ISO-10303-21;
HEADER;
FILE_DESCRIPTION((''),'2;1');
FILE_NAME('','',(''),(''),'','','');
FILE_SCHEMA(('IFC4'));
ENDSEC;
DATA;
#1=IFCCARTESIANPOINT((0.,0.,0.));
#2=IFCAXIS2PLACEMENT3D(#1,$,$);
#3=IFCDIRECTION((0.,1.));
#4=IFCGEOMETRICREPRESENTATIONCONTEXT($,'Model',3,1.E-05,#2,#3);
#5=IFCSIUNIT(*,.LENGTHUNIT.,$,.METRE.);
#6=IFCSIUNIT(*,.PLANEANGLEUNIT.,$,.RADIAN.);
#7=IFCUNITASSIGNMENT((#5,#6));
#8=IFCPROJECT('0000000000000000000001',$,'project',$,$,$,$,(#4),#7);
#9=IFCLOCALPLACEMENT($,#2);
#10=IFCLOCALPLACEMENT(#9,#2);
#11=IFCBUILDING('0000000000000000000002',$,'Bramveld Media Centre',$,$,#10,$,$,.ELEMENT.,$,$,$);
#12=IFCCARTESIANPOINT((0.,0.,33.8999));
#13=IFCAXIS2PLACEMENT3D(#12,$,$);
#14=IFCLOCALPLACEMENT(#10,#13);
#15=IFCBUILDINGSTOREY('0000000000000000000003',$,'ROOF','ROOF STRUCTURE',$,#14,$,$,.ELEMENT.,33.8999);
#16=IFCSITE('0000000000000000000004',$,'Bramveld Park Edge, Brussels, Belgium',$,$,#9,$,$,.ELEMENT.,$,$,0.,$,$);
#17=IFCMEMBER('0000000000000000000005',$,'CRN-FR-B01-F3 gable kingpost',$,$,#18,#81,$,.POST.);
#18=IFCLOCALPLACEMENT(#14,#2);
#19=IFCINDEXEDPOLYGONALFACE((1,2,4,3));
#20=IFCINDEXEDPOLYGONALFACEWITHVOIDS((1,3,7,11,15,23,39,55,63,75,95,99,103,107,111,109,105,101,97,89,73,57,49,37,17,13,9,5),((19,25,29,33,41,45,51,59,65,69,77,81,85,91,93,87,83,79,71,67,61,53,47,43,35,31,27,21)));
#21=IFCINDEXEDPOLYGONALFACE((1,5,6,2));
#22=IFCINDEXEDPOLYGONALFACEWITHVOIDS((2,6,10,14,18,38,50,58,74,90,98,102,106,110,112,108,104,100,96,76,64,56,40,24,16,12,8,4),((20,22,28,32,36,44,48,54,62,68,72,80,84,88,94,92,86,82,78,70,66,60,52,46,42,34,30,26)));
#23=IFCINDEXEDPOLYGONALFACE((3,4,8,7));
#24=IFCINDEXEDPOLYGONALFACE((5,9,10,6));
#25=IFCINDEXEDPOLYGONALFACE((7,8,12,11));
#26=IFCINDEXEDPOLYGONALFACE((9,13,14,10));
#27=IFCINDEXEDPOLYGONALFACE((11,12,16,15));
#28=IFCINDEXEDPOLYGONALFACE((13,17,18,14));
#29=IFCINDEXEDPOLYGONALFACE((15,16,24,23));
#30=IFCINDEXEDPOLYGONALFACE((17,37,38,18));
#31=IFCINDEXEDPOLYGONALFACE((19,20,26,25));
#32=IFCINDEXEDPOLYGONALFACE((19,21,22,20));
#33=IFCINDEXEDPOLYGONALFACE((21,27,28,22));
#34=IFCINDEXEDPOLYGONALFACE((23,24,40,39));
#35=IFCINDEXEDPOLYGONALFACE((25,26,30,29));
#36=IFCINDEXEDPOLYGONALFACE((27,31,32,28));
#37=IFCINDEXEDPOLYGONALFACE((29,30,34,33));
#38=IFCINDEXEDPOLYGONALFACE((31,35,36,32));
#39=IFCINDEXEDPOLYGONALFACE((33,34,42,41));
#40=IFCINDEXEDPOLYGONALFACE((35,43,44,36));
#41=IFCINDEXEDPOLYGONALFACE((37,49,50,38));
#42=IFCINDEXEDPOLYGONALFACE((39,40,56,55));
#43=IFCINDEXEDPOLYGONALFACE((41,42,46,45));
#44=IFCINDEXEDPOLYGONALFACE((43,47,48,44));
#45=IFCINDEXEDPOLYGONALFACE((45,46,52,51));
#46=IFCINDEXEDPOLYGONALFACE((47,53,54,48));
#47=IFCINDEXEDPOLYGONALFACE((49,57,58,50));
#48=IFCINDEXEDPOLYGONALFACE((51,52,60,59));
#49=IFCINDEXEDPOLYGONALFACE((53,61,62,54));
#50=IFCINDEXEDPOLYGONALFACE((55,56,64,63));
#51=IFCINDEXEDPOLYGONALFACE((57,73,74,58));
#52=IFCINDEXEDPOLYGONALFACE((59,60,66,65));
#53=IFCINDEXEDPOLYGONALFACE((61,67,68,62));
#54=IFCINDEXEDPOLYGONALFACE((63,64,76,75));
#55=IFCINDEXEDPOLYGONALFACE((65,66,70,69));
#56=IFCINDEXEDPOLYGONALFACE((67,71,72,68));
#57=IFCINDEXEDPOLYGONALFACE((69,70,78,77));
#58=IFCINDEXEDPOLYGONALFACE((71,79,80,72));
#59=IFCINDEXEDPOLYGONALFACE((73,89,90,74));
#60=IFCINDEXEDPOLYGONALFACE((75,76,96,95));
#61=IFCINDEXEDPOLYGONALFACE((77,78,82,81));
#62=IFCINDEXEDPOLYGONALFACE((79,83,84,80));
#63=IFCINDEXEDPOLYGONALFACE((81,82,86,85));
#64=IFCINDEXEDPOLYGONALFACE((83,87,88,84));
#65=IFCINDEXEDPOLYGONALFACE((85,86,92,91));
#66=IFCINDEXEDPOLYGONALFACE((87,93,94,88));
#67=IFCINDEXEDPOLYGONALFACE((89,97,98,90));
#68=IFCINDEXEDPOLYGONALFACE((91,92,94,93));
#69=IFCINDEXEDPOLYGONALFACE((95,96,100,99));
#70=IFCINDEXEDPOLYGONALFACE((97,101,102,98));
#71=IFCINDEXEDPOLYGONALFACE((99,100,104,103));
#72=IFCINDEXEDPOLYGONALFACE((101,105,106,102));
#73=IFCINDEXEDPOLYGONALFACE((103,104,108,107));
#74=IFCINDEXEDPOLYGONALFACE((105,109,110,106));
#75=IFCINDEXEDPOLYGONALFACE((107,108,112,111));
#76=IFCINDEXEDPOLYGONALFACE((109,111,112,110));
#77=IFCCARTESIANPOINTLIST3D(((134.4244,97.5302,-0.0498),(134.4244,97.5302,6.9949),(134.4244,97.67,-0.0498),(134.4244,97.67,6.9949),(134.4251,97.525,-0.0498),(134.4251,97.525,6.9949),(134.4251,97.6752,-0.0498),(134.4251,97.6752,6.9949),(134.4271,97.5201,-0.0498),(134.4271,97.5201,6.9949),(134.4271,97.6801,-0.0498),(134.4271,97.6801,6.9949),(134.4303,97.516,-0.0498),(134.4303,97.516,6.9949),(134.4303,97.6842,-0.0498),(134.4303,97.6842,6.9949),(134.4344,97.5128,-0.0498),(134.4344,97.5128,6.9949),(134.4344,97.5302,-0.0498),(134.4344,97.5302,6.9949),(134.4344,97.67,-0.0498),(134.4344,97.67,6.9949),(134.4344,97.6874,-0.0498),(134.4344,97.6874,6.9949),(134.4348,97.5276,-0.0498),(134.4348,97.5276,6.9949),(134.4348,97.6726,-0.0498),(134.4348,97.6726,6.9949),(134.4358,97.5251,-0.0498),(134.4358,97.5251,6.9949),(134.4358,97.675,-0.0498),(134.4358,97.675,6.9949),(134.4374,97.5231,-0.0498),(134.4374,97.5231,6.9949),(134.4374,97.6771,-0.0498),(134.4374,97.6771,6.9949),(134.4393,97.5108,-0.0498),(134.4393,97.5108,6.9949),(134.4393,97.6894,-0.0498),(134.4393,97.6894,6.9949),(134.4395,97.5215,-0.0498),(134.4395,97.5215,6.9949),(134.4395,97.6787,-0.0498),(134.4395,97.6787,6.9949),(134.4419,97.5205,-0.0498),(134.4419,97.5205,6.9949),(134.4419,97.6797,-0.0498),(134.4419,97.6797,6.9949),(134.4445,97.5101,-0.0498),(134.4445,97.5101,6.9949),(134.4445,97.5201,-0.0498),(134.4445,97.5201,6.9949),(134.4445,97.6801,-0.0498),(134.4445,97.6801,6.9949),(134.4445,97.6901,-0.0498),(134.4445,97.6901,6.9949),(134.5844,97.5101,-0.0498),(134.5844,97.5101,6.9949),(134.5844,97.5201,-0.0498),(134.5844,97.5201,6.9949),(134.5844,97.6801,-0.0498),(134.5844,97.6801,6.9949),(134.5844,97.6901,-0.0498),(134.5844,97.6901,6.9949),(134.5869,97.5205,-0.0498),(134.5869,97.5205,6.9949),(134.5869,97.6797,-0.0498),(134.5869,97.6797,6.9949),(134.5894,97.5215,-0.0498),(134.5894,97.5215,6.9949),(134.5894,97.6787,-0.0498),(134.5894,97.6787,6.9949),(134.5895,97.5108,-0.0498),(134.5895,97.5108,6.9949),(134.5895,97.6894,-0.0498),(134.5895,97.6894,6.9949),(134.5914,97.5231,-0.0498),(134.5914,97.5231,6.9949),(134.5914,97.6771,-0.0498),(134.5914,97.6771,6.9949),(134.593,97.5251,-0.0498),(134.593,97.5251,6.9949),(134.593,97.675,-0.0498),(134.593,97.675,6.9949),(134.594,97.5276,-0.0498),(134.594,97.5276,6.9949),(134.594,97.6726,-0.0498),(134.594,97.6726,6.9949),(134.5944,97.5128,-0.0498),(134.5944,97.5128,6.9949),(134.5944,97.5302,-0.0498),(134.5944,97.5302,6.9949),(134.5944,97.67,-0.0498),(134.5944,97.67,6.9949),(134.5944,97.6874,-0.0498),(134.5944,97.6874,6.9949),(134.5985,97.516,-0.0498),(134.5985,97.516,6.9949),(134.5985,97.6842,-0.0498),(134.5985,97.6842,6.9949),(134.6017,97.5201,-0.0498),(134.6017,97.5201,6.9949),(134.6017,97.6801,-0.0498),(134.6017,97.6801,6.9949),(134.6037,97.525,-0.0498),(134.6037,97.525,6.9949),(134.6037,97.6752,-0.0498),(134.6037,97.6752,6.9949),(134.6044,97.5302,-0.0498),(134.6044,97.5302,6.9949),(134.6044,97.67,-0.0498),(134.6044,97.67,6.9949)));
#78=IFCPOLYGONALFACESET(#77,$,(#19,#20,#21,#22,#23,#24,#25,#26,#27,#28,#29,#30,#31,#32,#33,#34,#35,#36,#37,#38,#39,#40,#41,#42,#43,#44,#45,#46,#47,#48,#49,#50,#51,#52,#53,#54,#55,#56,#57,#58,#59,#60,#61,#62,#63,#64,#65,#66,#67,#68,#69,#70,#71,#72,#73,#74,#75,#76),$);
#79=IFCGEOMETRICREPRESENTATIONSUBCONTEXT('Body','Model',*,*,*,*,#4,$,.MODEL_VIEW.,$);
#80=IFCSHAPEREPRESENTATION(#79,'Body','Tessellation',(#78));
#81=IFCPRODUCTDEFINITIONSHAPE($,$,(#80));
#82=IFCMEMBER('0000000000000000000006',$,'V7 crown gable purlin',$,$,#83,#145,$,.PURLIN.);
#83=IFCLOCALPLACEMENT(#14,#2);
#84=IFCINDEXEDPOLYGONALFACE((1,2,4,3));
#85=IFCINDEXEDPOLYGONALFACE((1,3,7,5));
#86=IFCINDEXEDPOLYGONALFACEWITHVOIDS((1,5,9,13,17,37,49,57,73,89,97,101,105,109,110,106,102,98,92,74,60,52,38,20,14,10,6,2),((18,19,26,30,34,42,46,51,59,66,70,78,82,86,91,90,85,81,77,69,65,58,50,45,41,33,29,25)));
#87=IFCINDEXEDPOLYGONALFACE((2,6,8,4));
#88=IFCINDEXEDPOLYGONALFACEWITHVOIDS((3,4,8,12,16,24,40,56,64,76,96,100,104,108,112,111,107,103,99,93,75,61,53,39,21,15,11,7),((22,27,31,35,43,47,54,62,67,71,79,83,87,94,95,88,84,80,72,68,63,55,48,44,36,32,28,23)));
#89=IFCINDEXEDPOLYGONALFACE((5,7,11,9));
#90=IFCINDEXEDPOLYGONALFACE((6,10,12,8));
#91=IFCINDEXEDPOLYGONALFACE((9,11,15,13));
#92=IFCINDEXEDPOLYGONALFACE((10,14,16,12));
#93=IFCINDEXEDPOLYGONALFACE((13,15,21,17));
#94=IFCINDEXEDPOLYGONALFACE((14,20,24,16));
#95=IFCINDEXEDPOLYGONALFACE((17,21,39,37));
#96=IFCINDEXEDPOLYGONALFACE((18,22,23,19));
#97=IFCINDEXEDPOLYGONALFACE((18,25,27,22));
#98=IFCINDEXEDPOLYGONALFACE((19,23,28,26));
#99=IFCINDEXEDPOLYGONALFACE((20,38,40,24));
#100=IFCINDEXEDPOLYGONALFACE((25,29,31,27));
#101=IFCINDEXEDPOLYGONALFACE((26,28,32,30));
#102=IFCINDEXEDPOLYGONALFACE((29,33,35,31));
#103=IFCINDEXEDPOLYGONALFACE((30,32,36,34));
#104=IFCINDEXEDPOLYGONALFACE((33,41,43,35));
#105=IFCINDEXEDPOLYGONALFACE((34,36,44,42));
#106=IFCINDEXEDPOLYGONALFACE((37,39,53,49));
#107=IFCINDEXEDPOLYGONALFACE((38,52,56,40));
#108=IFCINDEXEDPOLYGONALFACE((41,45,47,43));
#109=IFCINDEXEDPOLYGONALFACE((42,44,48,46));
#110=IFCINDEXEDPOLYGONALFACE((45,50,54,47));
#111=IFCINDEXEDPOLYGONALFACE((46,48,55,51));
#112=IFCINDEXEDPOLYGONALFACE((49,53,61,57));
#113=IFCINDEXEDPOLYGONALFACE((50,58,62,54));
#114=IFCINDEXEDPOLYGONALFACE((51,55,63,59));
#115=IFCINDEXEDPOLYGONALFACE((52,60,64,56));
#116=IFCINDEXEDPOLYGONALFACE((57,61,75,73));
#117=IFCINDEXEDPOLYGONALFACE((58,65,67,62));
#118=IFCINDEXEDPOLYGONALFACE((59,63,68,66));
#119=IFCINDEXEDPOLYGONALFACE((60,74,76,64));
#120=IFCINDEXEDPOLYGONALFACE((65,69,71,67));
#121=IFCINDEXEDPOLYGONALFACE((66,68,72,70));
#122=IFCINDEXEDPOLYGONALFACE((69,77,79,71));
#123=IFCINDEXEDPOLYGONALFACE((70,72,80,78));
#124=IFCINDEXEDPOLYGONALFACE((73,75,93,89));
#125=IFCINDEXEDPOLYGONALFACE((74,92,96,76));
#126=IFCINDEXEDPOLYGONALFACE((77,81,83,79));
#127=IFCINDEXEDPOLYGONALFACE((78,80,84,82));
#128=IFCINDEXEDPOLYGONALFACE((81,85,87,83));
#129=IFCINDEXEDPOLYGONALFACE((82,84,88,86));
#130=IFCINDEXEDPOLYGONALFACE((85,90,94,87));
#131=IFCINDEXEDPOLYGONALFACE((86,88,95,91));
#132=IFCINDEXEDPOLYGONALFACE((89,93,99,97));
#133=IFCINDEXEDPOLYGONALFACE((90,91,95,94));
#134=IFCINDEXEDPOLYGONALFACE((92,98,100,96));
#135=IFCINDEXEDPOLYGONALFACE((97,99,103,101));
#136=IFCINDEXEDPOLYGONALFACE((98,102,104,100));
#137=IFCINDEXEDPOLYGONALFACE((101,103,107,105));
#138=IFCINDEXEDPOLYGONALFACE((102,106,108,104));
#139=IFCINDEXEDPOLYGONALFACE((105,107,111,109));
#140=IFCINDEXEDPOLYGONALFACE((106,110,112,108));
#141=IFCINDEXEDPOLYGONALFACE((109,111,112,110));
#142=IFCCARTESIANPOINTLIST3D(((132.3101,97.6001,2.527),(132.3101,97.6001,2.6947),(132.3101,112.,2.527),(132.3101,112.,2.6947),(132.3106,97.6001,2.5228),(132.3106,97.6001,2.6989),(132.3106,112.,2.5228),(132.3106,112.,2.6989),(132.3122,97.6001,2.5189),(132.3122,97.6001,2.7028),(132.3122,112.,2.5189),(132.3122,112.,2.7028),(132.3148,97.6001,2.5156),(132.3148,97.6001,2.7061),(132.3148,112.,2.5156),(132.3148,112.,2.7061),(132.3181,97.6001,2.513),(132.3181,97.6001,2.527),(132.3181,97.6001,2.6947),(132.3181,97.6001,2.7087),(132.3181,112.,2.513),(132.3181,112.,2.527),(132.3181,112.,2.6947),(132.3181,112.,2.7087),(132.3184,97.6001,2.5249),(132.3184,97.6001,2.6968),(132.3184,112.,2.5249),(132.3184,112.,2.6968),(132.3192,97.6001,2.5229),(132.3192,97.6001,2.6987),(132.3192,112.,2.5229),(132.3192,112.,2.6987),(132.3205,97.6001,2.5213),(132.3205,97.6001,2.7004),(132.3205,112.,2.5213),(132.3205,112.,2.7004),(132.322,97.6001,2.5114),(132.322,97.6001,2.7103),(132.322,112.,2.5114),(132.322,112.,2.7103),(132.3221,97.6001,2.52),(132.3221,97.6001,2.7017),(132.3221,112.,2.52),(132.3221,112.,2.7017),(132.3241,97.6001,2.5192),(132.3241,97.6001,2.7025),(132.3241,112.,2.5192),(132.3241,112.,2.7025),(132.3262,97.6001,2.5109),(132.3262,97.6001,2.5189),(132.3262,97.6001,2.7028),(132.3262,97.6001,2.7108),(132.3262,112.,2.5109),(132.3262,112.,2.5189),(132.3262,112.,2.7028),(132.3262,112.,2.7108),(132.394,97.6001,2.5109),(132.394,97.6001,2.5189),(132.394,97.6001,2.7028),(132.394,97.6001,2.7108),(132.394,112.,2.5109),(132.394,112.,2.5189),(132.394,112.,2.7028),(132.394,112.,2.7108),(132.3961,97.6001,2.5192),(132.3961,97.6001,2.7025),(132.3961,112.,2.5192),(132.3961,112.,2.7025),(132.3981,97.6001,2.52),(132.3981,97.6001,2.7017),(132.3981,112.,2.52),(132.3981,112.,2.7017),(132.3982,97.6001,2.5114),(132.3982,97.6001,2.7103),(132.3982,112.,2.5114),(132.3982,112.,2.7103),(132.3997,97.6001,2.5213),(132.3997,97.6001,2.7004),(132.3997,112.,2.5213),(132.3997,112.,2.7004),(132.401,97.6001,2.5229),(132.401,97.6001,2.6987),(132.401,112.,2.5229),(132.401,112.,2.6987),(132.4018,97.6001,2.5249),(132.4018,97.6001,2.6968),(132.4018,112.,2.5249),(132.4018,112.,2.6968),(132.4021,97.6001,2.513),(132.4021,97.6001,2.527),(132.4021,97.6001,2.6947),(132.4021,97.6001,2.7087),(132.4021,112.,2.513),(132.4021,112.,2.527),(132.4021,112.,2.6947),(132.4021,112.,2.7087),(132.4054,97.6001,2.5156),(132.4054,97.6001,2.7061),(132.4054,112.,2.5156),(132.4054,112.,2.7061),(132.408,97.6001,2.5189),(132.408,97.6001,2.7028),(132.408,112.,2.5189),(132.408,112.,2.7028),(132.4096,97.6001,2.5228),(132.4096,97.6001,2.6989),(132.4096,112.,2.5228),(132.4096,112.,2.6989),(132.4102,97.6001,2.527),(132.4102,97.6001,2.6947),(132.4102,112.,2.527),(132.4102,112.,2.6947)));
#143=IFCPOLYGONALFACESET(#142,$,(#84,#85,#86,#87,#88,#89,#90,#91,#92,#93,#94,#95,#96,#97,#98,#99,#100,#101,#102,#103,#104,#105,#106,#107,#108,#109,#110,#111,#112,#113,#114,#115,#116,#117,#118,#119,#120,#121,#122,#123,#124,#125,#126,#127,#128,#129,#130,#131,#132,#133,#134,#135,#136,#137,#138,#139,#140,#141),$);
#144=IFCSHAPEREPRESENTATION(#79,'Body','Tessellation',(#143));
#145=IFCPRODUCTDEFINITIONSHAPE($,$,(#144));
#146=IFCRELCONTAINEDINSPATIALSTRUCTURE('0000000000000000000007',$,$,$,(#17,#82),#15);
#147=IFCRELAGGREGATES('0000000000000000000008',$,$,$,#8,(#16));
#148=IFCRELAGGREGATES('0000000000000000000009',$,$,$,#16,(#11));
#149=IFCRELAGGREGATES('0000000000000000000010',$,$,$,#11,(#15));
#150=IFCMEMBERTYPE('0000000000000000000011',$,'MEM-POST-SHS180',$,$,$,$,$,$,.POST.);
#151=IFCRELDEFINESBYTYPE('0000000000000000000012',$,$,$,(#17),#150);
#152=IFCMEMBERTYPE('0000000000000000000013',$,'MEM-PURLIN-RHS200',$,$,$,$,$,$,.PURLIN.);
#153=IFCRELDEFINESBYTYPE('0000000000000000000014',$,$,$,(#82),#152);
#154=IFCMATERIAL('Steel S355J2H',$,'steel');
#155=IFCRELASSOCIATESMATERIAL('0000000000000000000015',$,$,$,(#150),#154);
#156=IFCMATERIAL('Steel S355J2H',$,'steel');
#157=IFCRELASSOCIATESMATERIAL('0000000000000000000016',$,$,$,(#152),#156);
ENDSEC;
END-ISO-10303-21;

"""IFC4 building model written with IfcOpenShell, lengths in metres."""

from ifc_helpers import new_model, si_unit, direction, frame, origin, origin_2d, place, context, subcontext, project, spatial, hollow_rectangle, extrude, material, material_profile, profile_set, type_object, element, save


model = new_model("IFC4")

# Units and contexts
model_context = context("Model", 3, precision=1e-05, world=origin(), true_north=direction((0.0, 1.0)))
body_context = subcontext(model_context, "Body", "Model", "MODEL_VIEW")
ifc_project = project(units=[si_unit("LENGTHUNIT", "METRE"), si_unit("PLANEANGLEUNIT", "RADIAN")], contexts=[model_context])

# Site, building, storey
site_placement = place(None, origin())
site = spatial("IfcSite", under=ifc_project, at=site_placement, Name="Bramveld Park Edge, Brussels, Belgium", CompositionType="ELEMENT", RefElevation=0.0)
building_placement = place(site_placement, origin())
building = spatial("IfcBuilding", under=site, at=building_placement, Name="Bramveld Media Centre", CompositionType="ELEMENT")
storey_placement = place(building_placement, frame((0.0, 0.0, 33.8999)))
storey = spatial("IfcBuildingStorey", under=building, at=storey_placement, Name="ROOF", Description="ROOF STRUCTURE", CompositionType="ELEMENT", Elevation=33.8999)

# Members
ifc_material_1 = material(Name="Steel S355J2H", Category="steel")
ifc_material_profile_1 = material_profile(ifc_material_1, hollow_rectangle(XDim=0.1799, YDim=0.1799, WallThickness=0.01, InnerFilletRadius=0.01, OuterFilletRadius=0.02, at=origin_2d()), Name="SHS 180x180x10")
ifc_profile_set_1 = profile_set([ifc_material_profile_1], Name="Steel S355J2H")
member_type_1 = type_object("IfcMemberType", Name="MEM-POST-SHS180", PredefinedType="POST", material=ifc_profile_set_1)
member_1_placement = place(storey_placement, frame((134.5144, 97.6001, -0.0498), z_axis=(0.0, 0.0, 1.0), x_axis=(1.0, 0.0, 0.0)))
element("IfcMember", 1, at=member_1_placement, inside=storey, type_object=member_type_1, Name="CRN-FR-B01-F3 gable kingpost", PredefinedType="POST", context=body_context, shape_type="SweptSolid", body=[
    extrude(hollow_rectangle(XDim=0.1799, YDim=0.1799, WallThickness=0.01, InnerFilletRadius=0.01, OuterFilletRadius=0.02, at=origin_2d()), origin(), (0.0, 0.0, 1.0), 7.0447),
])
ifc_material_2 = material(Name="Steel S355J2H", Category="steel")
ifc_material_profile_2 = material_profile(ifc_material_2, hollow_rectangle(XDim=0.1001, YDim=0.2, WallThickness=0.0081, InnerFilletRadius=0.0081, OuterFilletRadius=0.0161, at=origin_2d()), Name="RHS 200x100x8")
ifc_profile_set_2 = profile_set([ifc_material_profile_2], Name="Steel S355J2H")
member_type_2 = type_object("IfcMemberType", Name="MEM-PURLIN-RHS200", PredefinedType="PURLIN", material=ifc_profile_set_2)
for number, where, z_axis, x_axis, name in (
    (2, (132.3601, 97.6001, 2.6108), (0.0, 1.0, 0.0), (-1.0, 0.0, 0.0), "V7 crown gable purlin"),
):
    element("IfcMember", number, at=place(storey_placement, frame(where, z_axis=z_axis, x_axis=x_axis)), inside=storey, type_object=member_type_2, Name=name, PredefinedType="PURLIN", context=body_context, shape_type="SweptSolid", body=[
        extrude(hollow_rectangle(XDim=0.1001, YDim=0.2, WallThickness=0.0081, InnerFilletRadius=0.0081, OuterFilletRadius=0.0161, at=origin_2d()), origin(), (0.0, 0.0, 1.0), 14.3999),
    ])

save(model, "model.ifc")
